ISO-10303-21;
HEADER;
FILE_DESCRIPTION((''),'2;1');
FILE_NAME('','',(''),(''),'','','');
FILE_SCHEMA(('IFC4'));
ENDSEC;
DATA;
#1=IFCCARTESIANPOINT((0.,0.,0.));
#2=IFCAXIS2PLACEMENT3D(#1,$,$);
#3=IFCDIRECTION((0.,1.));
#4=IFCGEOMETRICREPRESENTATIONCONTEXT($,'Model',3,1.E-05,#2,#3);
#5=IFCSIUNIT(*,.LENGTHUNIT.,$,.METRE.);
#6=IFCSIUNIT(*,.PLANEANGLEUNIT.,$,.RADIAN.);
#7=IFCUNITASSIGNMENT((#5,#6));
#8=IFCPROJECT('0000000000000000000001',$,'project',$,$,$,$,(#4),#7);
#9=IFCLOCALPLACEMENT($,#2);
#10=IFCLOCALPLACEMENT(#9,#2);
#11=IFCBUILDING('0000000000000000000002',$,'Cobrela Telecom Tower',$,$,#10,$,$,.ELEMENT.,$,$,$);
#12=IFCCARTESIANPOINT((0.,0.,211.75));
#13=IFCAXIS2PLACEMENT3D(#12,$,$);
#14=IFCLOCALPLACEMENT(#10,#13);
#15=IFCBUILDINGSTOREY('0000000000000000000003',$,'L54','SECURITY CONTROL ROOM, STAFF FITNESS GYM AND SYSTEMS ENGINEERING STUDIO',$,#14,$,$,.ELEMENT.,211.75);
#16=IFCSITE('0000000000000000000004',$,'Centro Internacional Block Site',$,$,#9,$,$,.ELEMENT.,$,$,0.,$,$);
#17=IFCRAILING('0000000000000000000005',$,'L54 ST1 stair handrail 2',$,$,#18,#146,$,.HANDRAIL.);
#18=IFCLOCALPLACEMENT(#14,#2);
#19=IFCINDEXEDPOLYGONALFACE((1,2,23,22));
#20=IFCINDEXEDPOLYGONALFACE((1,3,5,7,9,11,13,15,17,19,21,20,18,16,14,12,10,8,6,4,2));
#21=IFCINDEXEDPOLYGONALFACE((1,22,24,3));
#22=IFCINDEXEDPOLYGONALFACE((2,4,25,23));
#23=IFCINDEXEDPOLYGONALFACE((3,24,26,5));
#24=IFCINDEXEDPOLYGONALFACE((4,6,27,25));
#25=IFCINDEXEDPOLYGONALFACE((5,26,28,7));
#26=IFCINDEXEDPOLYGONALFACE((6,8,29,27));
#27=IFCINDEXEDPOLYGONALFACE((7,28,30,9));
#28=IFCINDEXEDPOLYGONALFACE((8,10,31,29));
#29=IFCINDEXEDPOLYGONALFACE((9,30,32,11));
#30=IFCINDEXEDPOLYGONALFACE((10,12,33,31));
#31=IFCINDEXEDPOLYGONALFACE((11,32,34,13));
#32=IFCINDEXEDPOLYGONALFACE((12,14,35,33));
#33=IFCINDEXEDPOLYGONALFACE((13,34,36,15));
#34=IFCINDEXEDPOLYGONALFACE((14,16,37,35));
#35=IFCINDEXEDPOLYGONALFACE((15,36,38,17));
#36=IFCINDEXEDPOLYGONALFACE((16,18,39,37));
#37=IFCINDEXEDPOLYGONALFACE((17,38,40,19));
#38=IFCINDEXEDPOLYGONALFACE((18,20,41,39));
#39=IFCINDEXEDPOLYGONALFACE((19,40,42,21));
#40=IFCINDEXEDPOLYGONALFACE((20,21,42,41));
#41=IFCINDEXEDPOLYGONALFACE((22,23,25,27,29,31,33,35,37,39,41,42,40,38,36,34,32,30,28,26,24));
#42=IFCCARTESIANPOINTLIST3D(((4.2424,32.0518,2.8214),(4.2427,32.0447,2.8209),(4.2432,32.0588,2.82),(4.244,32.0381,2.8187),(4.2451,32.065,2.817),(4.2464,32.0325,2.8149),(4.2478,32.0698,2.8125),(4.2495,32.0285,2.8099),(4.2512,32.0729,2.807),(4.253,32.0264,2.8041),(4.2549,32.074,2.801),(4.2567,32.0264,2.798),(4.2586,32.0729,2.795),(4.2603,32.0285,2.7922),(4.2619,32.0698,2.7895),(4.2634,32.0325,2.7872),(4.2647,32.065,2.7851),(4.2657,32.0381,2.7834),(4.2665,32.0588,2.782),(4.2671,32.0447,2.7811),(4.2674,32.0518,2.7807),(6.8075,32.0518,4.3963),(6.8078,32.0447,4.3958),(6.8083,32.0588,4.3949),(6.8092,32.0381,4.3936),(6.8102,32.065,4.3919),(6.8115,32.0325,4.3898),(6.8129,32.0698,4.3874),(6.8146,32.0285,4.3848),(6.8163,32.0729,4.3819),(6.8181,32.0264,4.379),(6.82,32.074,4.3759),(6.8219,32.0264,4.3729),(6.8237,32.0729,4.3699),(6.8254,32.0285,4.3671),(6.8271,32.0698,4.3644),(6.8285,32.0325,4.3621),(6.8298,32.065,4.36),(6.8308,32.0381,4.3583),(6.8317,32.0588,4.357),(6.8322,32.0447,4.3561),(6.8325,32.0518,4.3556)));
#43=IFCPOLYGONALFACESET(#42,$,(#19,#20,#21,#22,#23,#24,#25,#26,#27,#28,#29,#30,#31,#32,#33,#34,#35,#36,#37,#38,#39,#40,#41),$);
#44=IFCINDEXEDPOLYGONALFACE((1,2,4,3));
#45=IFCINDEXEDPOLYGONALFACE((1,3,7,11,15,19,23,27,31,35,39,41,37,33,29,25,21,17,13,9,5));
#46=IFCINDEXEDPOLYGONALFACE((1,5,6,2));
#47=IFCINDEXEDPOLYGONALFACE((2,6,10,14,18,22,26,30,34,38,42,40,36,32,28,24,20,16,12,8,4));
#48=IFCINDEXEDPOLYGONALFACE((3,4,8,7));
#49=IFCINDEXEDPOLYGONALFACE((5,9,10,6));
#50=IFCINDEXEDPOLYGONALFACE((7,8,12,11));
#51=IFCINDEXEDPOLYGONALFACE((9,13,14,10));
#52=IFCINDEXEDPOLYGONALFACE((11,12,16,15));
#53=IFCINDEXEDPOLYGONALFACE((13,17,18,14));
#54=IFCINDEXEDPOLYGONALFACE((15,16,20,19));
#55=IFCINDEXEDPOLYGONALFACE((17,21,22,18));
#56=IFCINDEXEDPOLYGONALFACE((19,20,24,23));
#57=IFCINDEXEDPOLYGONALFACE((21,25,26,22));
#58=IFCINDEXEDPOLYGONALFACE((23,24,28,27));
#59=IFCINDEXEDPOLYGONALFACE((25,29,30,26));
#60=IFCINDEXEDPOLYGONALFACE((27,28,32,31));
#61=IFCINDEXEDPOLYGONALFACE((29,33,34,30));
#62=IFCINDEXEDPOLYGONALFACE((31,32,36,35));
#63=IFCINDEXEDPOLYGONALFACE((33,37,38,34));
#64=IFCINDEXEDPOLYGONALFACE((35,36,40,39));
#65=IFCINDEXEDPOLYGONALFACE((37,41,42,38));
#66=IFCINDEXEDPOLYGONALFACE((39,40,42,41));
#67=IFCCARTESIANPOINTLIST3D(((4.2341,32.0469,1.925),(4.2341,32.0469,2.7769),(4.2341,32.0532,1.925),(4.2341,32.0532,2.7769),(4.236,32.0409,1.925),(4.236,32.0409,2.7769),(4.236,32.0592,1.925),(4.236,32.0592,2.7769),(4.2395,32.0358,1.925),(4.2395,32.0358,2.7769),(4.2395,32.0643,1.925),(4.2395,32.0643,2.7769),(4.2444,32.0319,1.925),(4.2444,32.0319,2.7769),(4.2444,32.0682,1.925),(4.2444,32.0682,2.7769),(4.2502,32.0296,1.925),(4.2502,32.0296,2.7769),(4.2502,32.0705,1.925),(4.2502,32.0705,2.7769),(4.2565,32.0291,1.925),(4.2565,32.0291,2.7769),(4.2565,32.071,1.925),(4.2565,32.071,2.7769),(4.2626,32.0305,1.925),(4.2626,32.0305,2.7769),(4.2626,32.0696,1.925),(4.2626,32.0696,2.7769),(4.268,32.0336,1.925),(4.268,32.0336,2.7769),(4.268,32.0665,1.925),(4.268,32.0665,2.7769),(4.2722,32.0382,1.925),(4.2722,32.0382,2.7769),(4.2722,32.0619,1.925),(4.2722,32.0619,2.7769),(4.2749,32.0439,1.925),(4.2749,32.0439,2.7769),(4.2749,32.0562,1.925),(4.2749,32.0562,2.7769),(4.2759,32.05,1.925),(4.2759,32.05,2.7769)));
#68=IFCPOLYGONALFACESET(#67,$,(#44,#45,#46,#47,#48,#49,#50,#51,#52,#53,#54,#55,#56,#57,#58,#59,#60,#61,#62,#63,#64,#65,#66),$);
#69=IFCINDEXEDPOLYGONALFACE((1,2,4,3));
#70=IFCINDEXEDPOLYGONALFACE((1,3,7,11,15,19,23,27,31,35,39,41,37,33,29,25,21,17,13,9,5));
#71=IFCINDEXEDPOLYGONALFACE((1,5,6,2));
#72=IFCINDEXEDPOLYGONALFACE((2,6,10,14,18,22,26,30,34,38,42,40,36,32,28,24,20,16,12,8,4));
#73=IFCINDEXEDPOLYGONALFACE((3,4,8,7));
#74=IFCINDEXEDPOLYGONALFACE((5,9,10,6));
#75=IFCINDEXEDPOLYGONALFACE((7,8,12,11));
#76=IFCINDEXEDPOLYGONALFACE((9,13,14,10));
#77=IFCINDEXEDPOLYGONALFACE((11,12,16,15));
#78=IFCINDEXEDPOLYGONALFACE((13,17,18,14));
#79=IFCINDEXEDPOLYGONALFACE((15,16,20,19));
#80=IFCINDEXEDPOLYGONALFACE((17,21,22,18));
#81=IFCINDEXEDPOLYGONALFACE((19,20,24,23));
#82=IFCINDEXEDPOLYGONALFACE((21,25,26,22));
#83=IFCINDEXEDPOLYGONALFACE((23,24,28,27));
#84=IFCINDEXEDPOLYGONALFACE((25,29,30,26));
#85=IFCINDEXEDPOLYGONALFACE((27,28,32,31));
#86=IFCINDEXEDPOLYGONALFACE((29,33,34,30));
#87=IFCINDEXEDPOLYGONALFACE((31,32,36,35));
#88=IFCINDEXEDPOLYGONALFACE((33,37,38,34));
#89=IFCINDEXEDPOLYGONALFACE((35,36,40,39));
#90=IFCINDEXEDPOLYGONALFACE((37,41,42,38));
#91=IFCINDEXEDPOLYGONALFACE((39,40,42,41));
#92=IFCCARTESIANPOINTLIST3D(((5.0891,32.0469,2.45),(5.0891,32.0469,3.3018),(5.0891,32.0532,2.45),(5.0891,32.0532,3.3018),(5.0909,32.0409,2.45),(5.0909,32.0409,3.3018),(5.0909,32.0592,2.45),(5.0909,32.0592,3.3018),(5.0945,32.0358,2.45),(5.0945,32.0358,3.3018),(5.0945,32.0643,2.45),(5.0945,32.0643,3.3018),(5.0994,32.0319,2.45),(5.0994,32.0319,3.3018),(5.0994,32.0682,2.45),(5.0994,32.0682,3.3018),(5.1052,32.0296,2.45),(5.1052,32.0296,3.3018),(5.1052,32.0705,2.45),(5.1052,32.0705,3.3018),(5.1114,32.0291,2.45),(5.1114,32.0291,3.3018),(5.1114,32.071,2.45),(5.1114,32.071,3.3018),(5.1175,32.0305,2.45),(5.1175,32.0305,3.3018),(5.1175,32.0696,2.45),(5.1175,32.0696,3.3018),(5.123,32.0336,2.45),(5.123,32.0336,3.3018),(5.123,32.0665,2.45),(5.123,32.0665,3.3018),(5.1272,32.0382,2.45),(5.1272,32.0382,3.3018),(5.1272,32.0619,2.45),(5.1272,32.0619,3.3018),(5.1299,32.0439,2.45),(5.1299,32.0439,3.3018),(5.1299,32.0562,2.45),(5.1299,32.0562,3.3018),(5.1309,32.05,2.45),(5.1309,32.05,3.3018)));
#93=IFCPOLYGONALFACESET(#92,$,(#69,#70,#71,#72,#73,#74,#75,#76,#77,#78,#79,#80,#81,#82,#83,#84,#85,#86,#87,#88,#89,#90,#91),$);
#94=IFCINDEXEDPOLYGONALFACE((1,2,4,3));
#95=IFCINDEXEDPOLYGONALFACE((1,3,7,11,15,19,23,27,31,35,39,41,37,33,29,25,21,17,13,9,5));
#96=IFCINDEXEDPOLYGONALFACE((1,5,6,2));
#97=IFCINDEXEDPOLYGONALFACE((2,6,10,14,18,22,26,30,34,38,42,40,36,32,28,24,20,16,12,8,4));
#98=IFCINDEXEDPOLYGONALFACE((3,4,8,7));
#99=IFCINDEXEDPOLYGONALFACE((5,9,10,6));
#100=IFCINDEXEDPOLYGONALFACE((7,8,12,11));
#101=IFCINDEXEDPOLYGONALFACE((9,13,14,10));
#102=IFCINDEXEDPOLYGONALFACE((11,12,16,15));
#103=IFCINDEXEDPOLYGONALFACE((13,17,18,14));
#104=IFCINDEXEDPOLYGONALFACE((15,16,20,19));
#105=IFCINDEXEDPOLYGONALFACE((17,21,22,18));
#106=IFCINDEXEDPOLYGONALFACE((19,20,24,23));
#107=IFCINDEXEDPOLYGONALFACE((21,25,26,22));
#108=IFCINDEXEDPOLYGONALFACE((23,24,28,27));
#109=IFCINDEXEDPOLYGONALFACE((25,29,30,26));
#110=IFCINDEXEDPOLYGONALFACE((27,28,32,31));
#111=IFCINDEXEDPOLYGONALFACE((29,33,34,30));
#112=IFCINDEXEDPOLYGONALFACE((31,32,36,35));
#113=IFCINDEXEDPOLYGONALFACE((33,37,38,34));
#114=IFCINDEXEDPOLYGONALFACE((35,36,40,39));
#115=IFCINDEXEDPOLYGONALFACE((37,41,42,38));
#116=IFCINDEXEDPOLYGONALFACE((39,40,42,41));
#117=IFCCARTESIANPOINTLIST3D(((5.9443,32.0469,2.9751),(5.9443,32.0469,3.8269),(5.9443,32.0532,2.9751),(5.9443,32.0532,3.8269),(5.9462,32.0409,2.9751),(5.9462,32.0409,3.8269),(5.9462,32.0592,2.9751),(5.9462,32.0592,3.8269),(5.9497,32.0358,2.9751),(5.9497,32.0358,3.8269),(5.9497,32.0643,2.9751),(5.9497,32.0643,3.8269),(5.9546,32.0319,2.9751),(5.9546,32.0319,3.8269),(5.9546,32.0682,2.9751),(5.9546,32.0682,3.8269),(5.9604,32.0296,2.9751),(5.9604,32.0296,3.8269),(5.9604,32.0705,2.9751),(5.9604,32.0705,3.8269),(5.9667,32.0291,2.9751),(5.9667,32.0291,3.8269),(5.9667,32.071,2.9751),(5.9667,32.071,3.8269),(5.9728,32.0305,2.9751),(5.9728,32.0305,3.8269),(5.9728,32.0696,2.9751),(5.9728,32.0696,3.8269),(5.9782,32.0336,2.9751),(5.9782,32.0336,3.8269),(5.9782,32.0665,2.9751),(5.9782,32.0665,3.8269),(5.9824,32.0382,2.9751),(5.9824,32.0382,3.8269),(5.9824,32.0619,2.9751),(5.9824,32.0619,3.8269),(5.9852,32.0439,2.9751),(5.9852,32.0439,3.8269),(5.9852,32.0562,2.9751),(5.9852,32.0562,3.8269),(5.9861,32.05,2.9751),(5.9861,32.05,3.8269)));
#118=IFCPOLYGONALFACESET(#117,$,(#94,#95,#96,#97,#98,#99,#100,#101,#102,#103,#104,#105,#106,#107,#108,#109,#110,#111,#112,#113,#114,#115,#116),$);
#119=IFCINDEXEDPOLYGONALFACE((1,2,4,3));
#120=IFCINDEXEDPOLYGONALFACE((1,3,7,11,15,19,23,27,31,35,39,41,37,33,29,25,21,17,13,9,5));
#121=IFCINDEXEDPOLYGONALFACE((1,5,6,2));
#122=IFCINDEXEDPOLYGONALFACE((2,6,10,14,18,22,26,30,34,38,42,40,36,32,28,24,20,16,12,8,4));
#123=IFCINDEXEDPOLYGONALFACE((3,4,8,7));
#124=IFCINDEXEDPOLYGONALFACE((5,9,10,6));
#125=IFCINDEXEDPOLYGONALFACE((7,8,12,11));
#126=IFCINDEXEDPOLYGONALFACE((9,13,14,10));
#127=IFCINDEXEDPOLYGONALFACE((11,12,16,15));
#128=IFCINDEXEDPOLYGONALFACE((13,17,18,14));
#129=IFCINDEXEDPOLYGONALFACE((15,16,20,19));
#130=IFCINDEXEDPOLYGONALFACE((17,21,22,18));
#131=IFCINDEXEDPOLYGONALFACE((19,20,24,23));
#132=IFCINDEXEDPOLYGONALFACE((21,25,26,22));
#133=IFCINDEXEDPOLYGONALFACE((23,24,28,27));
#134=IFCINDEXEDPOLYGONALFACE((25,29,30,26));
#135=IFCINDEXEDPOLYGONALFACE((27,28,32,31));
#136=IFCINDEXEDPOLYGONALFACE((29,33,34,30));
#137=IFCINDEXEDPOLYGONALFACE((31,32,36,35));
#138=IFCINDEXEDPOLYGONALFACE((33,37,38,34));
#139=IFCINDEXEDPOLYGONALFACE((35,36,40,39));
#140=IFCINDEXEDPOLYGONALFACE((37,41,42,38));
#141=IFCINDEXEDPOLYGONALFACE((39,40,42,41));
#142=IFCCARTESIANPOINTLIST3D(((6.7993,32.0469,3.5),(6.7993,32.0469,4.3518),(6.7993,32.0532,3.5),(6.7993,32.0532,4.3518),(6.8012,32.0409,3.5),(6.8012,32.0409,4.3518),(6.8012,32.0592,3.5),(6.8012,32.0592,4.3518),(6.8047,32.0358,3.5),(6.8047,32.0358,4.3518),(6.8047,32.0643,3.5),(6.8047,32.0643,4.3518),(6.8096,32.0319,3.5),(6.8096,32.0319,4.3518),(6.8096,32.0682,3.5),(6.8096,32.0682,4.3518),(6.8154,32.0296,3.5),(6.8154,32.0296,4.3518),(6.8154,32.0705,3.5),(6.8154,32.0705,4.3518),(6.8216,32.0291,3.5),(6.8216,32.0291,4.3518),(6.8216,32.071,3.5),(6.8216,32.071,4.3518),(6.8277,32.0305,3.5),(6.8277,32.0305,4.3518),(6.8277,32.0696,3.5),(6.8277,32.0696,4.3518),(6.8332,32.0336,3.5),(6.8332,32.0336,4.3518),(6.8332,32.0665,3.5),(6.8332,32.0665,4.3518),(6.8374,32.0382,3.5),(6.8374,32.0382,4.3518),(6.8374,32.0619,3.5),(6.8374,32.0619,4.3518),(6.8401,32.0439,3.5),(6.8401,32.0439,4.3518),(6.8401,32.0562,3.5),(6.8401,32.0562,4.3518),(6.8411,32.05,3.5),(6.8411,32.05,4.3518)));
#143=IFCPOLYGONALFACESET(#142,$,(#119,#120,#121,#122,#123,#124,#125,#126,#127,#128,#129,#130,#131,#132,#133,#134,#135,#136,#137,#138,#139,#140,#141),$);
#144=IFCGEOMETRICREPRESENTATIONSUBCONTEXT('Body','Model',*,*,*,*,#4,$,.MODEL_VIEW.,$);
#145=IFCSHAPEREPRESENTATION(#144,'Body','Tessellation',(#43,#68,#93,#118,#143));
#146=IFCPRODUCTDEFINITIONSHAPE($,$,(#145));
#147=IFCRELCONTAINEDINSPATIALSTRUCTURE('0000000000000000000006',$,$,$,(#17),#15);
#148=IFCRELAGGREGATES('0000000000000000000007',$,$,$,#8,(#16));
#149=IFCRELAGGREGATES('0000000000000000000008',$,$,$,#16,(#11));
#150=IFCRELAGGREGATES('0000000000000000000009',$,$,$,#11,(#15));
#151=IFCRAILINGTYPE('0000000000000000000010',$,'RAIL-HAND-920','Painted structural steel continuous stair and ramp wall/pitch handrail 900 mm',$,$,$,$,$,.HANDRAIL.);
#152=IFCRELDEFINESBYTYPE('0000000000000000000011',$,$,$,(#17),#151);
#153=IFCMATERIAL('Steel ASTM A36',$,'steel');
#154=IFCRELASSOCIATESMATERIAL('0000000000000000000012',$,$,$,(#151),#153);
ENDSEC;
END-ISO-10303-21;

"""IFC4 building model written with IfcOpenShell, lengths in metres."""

from ifc_helpers import new_model, si_unit, direction, frame, origin, origin_2d, place, context, subcontext, project, spatial, circle, extrude, material, type_object, element, save


model = new_model("IFC4")

# Units and contexts
model_context = context("Model", 3, precision=1e-05, world=origin(), true_north=direction((0.0, 1.0)))
body_context = subcontext(model_context, "Body", "Model", "MODEL_VIEW")
ifc_project = project(units=[si_unit("LENGTHUNIT", "METRE"), si_unit("PLANEANGLEUNIT", "RADIAN")], contexts=[model_context])

# Site, building, storey
site_placement = place(None, origin())
site = spatial("IfcSite", under=ifc_project, at=site_placement, Name="Centro Internacional Block Site", CompositionType="ELEMENT", RefElevation=0.0)
building_placement = place(site_placement, origin())
building = spatial("IfcBuilding", under=site, at=building_placement, Name="Cobrela Telecom Tower", CompositionType="ELEMENT")
storey_placement = place(building_placement, frame((0.0, 0.0, 211.75)))
storey = spatial("IfcBuildingStorey", under=building, at=storey_placement, Name="L54", Description="SECURITY CONTROL ROOM, STAFF FITNESS GYM AND SYSTEMS ENGINEERING STUDIO", CompositionType="ELEMENT", Elevation=211.75)

# Shared definitions
ifc_material_1 = material(Name="Steel ASTM A36", Category="steel")

# Railing
railing_type_1 = type_object("IfcRailingType", Name="RAIL-HAND-920", Description="Painted structural steel continuous stair and ramp wall/pitch handrail 900 mm", PredefinedType="HANDRAIL", material=ifc_material_1)
railing_1_placement = place(storey_placement, frame((4.2549, 32.05, 1.925)))
element("IfcRailing", 1, at=railing_1_placement, inside=storey, type_object=railing_type_1, Name="L54 ST1 stair handrail 2", PredefinedType="HANDRAIL", context=body_context, shape_type="SweptSolid", body=[
    extrude(circle(Radius=0.0239, at=origin_2d()), frame((0.0, 0.0, 0.876), z_axis=(0.852195, 0.0, 0.523224), x_axis=(0.0, 1.0, 0.0)), (0.0, 0.0, 1.0), 3.01),
    extrude(circle(Radius=0.021, at=origin_2d()), origin(), (0.0, 0.0, 1.0), 0.8518),
    extrude(circle(Radius=0.021, at=origin_2d()), frame((0.855, 0.0, 0.5249)), (0.0, 0.0, 1.0), 0.8518),
    extrude(circle(Radius=0.021, at=origin_2d()), frame((1.7102, 0.0, 1.05)), (0.0, 0.0, 1.0), 0.8518),
    extrude(circle(Radius=0.021, at=origin_2d()), frame((2.5652, 0.0, 1.575)), (0.0, 0.0, 1.0), 0.8518),
])

save(model, "model.ifc")
